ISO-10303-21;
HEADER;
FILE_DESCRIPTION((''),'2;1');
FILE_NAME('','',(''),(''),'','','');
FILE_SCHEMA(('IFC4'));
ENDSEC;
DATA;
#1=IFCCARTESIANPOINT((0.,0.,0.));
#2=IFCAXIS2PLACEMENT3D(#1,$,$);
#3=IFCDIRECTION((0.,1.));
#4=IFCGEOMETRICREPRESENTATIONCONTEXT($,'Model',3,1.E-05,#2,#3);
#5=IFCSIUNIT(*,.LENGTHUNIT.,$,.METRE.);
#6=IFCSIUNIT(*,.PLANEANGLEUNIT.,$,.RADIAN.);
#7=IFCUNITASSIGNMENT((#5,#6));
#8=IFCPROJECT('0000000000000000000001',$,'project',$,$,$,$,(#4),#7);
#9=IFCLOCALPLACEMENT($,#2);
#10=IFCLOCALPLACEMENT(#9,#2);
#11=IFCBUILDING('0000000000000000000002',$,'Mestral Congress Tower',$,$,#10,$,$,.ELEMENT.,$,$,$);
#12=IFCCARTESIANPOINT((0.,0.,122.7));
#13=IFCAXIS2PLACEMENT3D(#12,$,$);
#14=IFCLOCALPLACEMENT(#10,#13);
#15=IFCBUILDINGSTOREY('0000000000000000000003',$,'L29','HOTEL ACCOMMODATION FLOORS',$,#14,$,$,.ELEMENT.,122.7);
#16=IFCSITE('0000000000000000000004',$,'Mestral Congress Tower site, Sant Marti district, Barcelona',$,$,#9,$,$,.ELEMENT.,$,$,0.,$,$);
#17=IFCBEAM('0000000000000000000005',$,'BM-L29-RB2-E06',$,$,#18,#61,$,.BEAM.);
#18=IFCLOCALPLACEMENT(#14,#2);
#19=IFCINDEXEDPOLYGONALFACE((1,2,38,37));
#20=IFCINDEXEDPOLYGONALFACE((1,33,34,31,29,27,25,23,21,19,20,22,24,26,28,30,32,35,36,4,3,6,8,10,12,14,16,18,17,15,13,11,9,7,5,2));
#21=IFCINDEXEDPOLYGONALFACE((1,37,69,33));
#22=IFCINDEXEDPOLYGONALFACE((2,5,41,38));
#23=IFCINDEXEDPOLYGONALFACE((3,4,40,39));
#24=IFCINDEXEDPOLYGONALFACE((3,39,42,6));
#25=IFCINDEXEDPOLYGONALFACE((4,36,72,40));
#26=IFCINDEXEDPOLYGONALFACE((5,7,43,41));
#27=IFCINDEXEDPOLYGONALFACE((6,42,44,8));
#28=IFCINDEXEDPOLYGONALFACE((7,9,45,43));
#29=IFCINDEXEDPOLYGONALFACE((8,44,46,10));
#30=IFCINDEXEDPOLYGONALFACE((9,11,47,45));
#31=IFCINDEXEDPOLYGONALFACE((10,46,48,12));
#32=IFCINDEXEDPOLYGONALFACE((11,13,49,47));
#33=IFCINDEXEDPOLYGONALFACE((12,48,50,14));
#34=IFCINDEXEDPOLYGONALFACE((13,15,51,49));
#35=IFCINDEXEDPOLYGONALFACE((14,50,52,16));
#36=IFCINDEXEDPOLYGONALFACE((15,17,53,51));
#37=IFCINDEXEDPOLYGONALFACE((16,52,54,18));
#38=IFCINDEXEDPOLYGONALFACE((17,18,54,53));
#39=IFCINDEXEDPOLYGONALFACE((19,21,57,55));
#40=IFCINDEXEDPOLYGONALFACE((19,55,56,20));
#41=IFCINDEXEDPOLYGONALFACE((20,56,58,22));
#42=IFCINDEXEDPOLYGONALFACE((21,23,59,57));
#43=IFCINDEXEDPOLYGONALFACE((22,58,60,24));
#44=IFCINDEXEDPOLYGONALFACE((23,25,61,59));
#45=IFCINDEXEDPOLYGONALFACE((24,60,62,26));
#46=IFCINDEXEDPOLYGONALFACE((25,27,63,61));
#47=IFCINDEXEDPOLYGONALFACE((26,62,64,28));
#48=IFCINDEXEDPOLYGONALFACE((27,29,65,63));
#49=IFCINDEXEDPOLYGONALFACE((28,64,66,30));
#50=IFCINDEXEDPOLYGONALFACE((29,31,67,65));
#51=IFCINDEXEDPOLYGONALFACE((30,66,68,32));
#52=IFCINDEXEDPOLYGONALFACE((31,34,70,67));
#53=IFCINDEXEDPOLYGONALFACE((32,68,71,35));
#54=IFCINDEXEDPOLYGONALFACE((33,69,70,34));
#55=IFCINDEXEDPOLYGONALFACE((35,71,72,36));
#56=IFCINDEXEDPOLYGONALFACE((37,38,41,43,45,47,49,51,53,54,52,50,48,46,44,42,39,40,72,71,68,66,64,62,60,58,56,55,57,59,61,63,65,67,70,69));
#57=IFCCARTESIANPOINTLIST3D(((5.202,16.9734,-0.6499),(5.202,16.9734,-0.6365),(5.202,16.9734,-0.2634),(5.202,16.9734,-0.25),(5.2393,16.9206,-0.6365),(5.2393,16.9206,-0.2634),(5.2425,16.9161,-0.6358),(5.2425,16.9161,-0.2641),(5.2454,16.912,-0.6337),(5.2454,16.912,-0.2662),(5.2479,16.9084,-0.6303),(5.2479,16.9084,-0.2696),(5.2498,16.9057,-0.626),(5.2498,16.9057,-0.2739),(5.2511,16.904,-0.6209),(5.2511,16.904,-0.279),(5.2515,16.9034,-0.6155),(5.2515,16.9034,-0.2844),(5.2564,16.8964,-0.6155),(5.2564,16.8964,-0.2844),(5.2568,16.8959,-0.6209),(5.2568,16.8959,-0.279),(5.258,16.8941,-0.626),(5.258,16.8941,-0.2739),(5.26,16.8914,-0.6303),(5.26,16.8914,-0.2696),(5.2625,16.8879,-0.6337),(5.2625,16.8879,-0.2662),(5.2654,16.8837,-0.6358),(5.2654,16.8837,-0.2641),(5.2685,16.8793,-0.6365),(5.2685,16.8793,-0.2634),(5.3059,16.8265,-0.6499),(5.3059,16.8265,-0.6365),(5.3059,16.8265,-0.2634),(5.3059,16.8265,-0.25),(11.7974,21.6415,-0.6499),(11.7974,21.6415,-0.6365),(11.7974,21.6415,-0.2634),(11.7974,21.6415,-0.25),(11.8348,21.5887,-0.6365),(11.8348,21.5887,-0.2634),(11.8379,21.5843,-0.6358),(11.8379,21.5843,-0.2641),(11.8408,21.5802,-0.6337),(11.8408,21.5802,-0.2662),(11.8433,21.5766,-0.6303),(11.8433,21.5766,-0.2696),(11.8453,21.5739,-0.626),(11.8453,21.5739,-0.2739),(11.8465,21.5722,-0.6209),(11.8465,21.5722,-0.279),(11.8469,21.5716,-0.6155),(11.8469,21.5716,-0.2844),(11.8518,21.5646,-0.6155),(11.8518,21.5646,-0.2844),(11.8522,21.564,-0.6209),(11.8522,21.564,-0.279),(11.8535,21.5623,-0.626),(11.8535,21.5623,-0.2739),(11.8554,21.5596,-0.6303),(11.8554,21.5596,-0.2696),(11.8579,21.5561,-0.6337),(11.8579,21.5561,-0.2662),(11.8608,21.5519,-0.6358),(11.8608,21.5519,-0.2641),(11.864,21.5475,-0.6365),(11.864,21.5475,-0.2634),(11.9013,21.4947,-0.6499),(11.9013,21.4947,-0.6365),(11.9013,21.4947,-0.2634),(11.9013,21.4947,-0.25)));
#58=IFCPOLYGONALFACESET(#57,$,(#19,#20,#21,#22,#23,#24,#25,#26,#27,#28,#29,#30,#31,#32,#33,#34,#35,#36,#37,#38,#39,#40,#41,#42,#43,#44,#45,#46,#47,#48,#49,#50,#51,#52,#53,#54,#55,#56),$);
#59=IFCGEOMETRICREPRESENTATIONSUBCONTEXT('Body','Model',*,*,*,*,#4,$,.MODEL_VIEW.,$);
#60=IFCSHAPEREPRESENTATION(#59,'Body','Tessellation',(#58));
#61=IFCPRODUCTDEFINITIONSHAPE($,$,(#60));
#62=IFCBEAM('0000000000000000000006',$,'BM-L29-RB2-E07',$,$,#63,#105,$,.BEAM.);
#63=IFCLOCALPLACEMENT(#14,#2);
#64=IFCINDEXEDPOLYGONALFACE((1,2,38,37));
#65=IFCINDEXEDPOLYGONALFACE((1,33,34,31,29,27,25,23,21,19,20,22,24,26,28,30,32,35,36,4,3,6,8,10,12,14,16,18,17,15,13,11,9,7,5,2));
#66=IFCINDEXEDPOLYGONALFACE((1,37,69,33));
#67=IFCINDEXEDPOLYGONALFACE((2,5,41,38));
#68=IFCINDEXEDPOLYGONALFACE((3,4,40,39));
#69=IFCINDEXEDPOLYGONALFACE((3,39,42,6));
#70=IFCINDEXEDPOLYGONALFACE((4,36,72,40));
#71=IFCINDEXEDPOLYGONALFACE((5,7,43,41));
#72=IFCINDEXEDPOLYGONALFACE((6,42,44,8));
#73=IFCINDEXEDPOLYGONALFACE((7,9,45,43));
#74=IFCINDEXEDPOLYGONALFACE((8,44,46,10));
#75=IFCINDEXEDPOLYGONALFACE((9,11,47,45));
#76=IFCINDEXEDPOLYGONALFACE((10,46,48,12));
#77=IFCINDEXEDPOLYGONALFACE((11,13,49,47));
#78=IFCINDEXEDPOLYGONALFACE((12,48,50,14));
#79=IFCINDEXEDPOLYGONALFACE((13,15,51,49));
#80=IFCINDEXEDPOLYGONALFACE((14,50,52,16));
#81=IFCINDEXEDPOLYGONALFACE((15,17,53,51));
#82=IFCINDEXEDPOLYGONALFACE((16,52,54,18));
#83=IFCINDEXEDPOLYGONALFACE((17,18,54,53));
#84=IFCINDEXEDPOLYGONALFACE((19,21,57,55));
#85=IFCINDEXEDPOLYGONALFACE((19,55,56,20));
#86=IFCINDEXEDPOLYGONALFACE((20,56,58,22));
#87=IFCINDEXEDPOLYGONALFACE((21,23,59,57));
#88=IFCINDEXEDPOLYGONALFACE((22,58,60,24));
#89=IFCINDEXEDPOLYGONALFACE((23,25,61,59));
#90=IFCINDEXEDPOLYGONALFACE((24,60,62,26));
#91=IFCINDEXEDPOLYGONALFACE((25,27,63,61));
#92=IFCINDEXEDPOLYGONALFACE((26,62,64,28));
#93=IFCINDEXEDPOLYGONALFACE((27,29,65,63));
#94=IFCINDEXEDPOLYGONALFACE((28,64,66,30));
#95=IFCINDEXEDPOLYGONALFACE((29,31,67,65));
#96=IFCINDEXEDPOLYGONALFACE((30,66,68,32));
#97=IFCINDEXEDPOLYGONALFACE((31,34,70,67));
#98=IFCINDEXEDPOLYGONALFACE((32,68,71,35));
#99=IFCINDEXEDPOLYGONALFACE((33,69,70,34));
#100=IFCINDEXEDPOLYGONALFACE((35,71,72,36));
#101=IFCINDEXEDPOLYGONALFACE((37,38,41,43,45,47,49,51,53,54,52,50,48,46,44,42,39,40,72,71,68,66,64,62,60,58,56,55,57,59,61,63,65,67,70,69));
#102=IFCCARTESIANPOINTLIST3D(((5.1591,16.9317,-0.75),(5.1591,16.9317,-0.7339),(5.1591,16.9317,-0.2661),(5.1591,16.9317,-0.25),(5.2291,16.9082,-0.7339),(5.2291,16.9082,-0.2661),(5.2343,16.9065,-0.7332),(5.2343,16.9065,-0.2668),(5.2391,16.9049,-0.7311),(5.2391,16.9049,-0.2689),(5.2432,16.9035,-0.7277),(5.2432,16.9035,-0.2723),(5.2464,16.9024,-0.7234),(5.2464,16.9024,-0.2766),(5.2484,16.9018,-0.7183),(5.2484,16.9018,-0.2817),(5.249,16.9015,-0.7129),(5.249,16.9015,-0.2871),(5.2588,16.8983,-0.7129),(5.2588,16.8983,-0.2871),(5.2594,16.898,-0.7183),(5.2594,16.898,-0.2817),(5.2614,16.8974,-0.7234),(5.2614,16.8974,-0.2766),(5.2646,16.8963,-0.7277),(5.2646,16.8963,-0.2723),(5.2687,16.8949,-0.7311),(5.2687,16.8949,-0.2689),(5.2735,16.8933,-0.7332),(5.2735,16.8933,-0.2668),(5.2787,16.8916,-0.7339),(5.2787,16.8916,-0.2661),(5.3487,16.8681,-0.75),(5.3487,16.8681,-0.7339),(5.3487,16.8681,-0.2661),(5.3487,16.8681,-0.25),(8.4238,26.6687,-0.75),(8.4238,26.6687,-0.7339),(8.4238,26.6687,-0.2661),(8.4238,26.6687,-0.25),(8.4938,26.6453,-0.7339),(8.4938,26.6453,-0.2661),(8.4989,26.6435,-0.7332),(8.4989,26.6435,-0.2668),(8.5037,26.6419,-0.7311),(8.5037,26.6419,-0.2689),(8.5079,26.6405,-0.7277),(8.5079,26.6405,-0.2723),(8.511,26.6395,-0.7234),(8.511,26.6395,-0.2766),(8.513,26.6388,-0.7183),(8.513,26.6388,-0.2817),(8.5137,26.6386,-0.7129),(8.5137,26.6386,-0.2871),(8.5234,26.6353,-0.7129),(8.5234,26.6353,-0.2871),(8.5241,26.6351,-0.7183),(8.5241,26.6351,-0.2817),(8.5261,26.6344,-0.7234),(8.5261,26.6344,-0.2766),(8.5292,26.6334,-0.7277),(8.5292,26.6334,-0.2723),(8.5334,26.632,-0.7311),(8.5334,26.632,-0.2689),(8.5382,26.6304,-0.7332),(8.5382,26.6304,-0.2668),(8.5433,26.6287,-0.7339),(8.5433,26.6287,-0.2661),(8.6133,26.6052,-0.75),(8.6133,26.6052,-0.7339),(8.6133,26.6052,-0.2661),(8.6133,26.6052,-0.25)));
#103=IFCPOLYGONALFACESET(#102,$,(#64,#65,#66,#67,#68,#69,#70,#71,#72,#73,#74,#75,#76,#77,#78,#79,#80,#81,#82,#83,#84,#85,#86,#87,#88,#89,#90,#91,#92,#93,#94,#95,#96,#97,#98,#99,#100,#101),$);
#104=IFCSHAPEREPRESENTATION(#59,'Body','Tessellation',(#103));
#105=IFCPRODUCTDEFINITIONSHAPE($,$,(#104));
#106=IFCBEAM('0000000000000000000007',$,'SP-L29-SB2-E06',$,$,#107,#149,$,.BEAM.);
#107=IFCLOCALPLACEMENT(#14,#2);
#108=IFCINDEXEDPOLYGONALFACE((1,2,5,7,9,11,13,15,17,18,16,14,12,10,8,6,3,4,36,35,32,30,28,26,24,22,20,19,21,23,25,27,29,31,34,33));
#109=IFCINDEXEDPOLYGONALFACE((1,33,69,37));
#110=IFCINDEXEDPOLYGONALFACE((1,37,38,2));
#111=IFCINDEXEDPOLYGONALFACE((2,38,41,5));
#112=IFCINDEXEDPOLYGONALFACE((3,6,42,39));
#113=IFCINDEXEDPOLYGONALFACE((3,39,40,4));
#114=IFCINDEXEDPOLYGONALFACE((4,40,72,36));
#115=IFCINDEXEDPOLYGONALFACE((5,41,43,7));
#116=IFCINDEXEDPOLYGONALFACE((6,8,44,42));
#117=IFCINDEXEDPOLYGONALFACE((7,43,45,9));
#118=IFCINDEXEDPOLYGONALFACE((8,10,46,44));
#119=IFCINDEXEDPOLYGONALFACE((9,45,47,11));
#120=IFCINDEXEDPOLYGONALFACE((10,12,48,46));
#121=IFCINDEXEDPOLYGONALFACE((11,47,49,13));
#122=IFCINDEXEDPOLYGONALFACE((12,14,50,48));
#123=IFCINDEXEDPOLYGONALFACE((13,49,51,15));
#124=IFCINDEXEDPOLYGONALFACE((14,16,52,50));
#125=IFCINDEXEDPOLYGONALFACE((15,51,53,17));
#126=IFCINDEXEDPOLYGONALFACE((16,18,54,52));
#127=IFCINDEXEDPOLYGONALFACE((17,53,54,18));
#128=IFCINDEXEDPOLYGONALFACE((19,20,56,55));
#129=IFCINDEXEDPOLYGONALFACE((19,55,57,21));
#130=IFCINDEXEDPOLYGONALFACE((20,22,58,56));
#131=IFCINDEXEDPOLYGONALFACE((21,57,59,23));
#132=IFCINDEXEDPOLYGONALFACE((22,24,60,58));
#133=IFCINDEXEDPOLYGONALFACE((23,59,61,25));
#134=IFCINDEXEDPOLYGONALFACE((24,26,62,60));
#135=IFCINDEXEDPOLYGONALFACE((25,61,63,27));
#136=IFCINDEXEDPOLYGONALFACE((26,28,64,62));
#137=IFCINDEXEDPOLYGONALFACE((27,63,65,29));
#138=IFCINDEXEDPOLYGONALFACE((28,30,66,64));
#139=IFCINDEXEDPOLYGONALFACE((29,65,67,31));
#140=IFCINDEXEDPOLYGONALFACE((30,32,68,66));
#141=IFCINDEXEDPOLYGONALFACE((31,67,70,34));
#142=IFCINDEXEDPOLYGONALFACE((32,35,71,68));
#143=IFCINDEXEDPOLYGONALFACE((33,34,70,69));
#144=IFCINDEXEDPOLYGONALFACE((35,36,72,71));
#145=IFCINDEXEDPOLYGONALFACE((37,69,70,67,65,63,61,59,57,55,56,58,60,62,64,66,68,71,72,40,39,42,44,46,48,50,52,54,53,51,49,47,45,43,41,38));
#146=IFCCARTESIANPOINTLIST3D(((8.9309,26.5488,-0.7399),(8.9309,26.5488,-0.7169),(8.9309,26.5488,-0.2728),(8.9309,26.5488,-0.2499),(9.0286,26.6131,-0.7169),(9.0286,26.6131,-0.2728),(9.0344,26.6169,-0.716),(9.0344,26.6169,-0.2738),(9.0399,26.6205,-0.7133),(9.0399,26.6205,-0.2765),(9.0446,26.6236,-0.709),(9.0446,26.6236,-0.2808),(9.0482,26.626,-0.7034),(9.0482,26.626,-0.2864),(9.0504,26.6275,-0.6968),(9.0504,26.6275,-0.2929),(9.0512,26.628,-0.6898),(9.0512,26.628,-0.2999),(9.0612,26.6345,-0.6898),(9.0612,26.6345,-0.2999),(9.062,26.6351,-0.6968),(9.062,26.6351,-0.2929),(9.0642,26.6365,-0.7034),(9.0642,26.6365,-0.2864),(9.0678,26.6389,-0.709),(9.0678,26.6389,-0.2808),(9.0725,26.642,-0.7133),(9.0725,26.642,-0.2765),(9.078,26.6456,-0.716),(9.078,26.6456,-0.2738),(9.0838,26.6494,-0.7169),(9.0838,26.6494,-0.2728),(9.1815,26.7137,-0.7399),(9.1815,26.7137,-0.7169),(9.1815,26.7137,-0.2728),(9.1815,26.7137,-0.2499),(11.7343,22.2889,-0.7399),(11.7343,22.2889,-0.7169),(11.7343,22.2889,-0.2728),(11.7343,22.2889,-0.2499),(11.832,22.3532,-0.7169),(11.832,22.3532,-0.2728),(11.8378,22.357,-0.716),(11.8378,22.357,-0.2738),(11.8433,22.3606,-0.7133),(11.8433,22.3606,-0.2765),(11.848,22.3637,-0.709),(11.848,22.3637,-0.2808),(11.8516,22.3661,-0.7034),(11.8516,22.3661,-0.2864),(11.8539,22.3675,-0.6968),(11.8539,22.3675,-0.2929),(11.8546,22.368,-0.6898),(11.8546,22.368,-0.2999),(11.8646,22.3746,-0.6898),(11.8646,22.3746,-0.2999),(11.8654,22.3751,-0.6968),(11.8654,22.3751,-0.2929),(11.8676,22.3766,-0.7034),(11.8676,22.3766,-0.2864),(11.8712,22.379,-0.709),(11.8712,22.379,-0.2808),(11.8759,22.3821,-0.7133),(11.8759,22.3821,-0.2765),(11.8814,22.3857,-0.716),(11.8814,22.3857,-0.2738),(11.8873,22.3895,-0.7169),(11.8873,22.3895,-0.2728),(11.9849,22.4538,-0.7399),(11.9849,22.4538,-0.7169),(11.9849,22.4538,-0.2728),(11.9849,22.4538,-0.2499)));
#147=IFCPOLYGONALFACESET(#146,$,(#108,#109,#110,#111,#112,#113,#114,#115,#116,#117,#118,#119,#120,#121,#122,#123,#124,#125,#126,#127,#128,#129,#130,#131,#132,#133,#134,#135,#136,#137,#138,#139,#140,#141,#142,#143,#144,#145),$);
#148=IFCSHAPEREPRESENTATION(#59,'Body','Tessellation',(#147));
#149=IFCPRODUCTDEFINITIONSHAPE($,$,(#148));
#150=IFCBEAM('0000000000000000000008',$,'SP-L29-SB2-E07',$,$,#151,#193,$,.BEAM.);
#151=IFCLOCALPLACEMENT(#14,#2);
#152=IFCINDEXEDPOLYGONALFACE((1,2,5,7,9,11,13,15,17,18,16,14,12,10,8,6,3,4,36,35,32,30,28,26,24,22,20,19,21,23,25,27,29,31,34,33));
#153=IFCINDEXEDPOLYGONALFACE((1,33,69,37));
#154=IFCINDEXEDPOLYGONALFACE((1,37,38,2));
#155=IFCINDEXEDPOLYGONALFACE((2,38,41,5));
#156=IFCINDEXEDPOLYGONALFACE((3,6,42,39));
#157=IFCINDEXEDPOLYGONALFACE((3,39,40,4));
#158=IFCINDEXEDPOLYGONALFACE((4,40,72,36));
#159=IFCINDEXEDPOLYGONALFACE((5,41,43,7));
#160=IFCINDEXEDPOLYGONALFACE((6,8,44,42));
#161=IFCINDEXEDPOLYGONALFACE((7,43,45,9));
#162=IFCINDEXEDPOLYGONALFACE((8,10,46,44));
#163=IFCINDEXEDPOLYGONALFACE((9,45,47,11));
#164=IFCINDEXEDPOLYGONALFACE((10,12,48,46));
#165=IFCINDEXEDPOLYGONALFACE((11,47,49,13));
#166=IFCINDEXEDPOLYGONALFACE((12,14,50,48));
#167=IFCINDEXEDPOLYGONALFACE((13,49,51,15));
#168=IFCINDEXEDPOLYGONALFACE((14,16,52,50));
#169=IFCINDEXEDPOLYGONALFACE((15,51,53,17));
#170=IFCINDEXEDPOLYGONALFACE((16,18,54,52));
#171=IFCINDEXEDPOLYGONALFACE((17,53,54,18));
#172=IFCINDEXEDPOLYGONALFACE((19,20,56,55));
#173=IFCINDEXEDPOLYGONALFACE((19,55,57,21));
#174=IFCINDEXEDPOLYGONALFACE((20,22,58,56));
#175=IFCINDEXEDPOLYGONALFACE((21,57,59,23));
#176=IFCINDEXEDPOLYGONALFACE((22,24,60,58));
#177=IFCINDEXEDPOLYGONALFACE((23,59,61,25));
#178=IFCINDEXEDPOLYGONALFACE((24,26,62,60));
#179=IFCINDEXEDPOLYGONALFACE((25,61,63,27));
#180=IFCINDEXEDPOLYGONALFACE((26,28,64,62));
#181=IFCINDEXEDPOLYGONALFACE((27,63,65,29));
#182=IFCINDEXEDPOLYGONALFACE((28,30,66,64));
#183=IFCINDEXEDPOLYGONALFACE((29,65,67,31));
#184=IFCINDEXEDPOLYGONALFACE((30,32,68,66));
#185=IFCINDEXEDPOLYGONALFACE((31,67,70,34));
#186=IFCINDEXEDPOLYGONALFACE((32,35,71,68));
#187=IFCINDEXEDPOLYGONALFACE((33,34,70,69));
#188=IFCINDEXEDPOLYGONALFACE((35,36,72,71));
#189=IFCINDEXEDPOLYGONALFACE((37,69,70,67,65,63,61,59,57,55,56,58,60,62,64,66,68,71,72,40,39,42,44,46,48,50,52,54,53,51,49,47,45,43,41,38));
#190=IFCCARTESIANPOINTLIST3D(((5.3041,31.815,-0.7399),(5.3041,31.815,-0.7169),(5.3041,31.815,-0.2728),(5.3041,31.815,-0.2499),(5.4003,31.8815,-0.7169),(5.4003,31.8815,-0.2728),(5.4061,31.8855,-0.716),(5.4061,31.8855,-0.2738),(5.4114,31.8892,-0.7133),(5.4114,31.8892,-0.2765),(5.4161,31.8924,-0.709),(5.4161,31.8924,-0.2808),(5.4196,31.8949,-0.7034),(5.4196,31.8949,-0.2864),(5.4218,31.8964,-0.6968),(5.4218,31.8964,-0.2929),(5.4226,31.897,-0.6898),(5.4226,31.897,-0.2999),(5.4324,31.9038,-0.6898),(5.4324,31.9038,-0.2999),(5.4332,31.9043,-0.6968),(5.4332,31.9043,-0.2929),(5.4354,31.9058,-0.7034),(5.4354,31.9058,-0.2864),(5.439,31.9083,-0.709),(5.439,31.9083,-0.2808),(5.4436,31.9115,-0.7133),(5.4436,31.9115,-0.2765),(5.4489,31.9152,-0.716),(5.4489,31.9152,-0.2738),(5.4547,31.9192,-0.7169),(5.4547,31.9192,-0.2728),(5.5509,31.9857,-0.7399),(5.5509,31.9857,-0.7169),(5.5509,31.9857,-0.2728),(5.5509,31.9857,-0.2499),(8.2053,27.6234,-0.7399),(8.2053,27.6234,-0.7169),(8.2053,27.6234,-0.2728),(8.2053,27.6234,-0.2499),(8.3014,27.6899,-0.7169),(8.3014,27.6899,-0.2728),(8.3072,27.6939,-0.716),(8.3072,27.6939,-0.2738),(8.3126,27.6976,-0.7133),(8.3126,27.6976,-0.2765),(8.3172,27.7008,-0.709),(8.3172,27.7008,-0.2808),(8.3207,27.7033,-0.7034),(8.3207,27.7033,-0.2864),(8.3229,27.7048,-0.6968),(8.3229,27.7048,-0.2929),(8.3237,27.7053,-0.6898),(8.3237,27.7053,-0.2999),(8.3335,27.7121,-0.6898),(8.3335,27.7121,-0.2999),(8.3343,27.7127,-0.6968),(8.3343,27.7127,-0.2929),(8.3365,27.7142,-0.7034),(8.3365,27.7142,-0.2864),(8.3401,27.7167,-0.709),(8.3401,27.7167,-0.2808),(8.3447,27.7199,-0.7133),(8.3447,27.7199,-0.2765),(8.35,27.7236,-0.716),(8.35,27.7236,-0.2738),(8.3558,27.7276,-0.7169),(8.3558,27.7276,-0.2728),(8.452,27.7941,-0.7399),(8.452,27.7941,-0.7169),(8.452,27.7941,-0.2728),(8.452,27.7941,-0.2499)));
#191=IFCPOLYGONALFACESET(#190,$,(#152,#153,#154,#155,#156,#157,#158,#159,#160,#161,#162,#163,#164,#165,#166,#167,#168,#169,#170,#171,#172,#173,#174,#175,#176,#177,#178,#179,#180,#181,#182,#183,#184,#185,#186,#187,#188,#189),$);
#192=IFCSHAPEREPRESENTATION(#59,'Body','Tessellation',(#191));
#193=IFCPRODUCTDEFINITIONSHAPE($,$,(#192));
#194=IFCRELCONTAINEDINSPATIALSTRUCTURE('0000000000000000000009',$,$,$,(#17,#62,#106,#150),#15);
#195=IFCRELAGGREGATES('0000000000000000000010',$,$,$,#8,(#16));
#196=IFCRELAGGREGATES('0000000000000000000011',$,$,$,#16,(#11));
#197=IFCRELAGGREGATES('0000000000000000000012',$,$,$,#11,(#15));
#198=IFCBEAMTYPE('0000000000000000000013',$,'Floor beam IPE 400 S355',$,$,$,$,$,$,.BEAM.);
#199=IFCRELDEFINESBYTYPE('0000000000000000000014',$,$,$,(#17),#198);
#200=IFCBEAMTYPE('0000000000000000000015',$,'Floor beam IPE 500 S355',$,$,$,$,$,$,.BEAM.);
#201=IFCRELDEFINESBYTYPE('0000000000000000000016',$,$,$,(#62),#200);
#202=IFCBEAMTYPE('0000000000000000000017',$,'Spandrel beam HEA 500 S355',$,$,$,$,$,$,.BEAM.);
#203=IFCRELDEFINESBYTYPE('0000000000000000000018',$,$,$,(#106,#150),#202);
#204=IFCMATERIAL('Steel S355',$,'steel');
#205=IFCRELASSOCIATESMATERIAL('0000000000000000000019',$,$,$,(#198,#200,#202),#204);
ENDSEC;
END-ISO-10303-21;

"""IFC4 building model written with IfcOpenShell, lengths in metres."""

from ifc_helpers import new_model, si_unit, direction, frame, origin, origin_2d, place, context, subcontext, project, spatial, i_section, extrude, material, material_profile, profile_set, type_object, element, save


model = new_model("IFC4")

# Units and contexts
model_context = context("Model", 3, precision=1e-05, world=origin(), true_north=direction((0.0, 1.0)))
body_context = subcontext(model_context, "Body", "Model", "MODEL_VIEW")
ifc_project = project(units=[si_unit("LENGTHUNIT", "METRE"), si_unit("PLANEANGLEUNIT", "RADIAN")], contexts=[model_context])

# Site, building, storey
site_placement = place(None, origin())
site = spatial("IfcSite", under=ifc_project, at=site_placement, Name="Mestral Congress Tower site, Sant Marti district, Barcelona", CompositionType="ELEMENT", RefElevation=0.0)
building_placement = place(site_placement, origin())
building = spatial("IfcBuilding", under=site, at=building_placement, Name="Mestral Congress Tower", CompositionType="ELEMENT")
storey_placement = place(building_placement, frame((0.0, 0.0, 122.7)))
storey = spatial("IfcBuildingStorey", under=building, at=storey_placement, Name="L29", Description="HOTEL ACCOMMODATION FLOORS", CompositionType="ELEMENT", Elevation=122.7)

# Beams
ifc_material_1 = material(Name="Steel S355", Category="steel")
ifc_material_profile_1 = material_profile(ifc_material_1, i_section(OverallWidth=0.1799, OverallDepth=0.3999, WebThickness=0.0085, FlangeThickness=0.0134, FilletRadius=0.021, at=origin_2d()), Name="IPE 400")
ifc_profile_set_1 = profile_set([ifc_material_profile_1], Name="Steel S355")
beam_type_1 = type_object("IfcBeamType", Name="Floor beam IPE 400 S355", PredefinedType="BEAM", material=ifc_profile_set_1)
beam_1_placement = place(storey_placement, frame((11.8494, 21.5681, -0.45), z_axis=(-0.816233, -0.577723, 0.0), x_axis=(0.577723, -0.816233, 0.0)))
element("IfcBeam", 1, at=beam_1_placement, inside=storey, type_object=beam_type_1, Name="BM-L29-RB2-E06", PredefinedType="BEAM", context=body_context, shape_type="SweptSolid", body=[
    extrude(i_section(OverallWidth=0.1799, OverallDepth=0.3999, WebThickness=0.0085, FlangeThickness=0.0134, FilletRadius=0.021, at=origin_2d()), origin(), (0.0, 0.0, 1.0), 8.0803),
])
ifc_material_profile_2 = material_profile(ifc_material_1, i_section(OverallWidth=0.2, OverallDepth=0.5, WebThickness=0.0103, FlangeThickness=0.0161, FilletRadius=0.021, at=origin_2d()), Name="IPE 500")
ifc_profile_set_2 = profile_set([ifc_material_profile_2], Name="Steel S355")
beam_type_2 = type_object("IfcBeamType", Name="Floor beam IPE 500 S355", PredefinedType="BEAM", material=ifc_profile_set_2)
beam_2_placement = place(storey_placement, frame((8.5186, 26.637, -0.5), z_axis=(-0.317889, -0.948128, 0.0), x_axis=(0.948128, -0.317889, 0.0)))
element("IfcBeam", 2, at=beam_2_placement, inside=storey, type_object=beam_type_2, Name="BM-L29-RB2-E07", PredefinedType="BEAM", context=body_context, shape_type="SweptSolid", body=[
    extrude(i_section(OverallWidth=0.2, OverallDepth=0.5, WebThickness=0.0103, FlangeThickness=0.0161, FilletRadius=0.021, at=origin_2d()), origin(), (0.0, 0.0, 1.0), 10.2698),
])
ifc_material_profile_3 = material_profile(ifc_material_1, i_section(OverallWidth=0.3, OverallDepth=0.49, WebThickness=0.012, FlangeThickness=0.0229, FilletRadius=0.0271, at=origin_2d()), Name="HEA 500")
ifc_profile_set_3 = profile_set([ifc_material_profile_3], Name="Steel S355")
beam_type_3 = type_object("IfcBeamType", Name="Spandrel beam HEA 500 S355", PredefinedType="BEAM", material=ifc_profile_set_3)
beam_3_placement = place(storey_placement, frame((11.8596, 22.3713, -0.4949), z_axis=(-0.54973, 0.835342, 0.0), x_axis=(-0.835342, -0.54973, 0.0)))
element("IfcBeam", 3, at=beam_3_placement, inside=storey, type_object=beam_type_3, Name="SP-L29-SB2-E06", PredefinedType="BEAM", context=body_context, shape_type="SweptSolid", body=[
    extrude(i_section(OverallWidth=0.3, OverallDepth=0.49, WebThickness=0.012, FlangeThickness=0.0229, FilletRadius=0.0271, at=origin_2d()), origin(), (0.0, 0.0, 1.0), 5.0996),
])
beam_4_placement = place(storey_placement, frame((8.3286, 27.7087, -0.4949), z_axis=(-0.569105, 0.822265, 0.0), x_axis=(-0.822265, -0.569105, 0.0)))
element("IfcBeam", 4, at=beam_4_placement, inside=storey, type_object=beam_type_3, Name="SP-L29-SB2-E07", PredefinedType="BEAM", context=body_context, shape_type="SweptSolid", body=[
    extrude(i_section(OverallWidth=0.3, OverallDepth=0.49, WebThickness=0.012, FlangeThickness=0.0229, FilletRadius=0.0271, at=origin_2d()), origin(), (0.0, 0.0, 1.0), 5.0977),
])

save(model, "model.ifc")
